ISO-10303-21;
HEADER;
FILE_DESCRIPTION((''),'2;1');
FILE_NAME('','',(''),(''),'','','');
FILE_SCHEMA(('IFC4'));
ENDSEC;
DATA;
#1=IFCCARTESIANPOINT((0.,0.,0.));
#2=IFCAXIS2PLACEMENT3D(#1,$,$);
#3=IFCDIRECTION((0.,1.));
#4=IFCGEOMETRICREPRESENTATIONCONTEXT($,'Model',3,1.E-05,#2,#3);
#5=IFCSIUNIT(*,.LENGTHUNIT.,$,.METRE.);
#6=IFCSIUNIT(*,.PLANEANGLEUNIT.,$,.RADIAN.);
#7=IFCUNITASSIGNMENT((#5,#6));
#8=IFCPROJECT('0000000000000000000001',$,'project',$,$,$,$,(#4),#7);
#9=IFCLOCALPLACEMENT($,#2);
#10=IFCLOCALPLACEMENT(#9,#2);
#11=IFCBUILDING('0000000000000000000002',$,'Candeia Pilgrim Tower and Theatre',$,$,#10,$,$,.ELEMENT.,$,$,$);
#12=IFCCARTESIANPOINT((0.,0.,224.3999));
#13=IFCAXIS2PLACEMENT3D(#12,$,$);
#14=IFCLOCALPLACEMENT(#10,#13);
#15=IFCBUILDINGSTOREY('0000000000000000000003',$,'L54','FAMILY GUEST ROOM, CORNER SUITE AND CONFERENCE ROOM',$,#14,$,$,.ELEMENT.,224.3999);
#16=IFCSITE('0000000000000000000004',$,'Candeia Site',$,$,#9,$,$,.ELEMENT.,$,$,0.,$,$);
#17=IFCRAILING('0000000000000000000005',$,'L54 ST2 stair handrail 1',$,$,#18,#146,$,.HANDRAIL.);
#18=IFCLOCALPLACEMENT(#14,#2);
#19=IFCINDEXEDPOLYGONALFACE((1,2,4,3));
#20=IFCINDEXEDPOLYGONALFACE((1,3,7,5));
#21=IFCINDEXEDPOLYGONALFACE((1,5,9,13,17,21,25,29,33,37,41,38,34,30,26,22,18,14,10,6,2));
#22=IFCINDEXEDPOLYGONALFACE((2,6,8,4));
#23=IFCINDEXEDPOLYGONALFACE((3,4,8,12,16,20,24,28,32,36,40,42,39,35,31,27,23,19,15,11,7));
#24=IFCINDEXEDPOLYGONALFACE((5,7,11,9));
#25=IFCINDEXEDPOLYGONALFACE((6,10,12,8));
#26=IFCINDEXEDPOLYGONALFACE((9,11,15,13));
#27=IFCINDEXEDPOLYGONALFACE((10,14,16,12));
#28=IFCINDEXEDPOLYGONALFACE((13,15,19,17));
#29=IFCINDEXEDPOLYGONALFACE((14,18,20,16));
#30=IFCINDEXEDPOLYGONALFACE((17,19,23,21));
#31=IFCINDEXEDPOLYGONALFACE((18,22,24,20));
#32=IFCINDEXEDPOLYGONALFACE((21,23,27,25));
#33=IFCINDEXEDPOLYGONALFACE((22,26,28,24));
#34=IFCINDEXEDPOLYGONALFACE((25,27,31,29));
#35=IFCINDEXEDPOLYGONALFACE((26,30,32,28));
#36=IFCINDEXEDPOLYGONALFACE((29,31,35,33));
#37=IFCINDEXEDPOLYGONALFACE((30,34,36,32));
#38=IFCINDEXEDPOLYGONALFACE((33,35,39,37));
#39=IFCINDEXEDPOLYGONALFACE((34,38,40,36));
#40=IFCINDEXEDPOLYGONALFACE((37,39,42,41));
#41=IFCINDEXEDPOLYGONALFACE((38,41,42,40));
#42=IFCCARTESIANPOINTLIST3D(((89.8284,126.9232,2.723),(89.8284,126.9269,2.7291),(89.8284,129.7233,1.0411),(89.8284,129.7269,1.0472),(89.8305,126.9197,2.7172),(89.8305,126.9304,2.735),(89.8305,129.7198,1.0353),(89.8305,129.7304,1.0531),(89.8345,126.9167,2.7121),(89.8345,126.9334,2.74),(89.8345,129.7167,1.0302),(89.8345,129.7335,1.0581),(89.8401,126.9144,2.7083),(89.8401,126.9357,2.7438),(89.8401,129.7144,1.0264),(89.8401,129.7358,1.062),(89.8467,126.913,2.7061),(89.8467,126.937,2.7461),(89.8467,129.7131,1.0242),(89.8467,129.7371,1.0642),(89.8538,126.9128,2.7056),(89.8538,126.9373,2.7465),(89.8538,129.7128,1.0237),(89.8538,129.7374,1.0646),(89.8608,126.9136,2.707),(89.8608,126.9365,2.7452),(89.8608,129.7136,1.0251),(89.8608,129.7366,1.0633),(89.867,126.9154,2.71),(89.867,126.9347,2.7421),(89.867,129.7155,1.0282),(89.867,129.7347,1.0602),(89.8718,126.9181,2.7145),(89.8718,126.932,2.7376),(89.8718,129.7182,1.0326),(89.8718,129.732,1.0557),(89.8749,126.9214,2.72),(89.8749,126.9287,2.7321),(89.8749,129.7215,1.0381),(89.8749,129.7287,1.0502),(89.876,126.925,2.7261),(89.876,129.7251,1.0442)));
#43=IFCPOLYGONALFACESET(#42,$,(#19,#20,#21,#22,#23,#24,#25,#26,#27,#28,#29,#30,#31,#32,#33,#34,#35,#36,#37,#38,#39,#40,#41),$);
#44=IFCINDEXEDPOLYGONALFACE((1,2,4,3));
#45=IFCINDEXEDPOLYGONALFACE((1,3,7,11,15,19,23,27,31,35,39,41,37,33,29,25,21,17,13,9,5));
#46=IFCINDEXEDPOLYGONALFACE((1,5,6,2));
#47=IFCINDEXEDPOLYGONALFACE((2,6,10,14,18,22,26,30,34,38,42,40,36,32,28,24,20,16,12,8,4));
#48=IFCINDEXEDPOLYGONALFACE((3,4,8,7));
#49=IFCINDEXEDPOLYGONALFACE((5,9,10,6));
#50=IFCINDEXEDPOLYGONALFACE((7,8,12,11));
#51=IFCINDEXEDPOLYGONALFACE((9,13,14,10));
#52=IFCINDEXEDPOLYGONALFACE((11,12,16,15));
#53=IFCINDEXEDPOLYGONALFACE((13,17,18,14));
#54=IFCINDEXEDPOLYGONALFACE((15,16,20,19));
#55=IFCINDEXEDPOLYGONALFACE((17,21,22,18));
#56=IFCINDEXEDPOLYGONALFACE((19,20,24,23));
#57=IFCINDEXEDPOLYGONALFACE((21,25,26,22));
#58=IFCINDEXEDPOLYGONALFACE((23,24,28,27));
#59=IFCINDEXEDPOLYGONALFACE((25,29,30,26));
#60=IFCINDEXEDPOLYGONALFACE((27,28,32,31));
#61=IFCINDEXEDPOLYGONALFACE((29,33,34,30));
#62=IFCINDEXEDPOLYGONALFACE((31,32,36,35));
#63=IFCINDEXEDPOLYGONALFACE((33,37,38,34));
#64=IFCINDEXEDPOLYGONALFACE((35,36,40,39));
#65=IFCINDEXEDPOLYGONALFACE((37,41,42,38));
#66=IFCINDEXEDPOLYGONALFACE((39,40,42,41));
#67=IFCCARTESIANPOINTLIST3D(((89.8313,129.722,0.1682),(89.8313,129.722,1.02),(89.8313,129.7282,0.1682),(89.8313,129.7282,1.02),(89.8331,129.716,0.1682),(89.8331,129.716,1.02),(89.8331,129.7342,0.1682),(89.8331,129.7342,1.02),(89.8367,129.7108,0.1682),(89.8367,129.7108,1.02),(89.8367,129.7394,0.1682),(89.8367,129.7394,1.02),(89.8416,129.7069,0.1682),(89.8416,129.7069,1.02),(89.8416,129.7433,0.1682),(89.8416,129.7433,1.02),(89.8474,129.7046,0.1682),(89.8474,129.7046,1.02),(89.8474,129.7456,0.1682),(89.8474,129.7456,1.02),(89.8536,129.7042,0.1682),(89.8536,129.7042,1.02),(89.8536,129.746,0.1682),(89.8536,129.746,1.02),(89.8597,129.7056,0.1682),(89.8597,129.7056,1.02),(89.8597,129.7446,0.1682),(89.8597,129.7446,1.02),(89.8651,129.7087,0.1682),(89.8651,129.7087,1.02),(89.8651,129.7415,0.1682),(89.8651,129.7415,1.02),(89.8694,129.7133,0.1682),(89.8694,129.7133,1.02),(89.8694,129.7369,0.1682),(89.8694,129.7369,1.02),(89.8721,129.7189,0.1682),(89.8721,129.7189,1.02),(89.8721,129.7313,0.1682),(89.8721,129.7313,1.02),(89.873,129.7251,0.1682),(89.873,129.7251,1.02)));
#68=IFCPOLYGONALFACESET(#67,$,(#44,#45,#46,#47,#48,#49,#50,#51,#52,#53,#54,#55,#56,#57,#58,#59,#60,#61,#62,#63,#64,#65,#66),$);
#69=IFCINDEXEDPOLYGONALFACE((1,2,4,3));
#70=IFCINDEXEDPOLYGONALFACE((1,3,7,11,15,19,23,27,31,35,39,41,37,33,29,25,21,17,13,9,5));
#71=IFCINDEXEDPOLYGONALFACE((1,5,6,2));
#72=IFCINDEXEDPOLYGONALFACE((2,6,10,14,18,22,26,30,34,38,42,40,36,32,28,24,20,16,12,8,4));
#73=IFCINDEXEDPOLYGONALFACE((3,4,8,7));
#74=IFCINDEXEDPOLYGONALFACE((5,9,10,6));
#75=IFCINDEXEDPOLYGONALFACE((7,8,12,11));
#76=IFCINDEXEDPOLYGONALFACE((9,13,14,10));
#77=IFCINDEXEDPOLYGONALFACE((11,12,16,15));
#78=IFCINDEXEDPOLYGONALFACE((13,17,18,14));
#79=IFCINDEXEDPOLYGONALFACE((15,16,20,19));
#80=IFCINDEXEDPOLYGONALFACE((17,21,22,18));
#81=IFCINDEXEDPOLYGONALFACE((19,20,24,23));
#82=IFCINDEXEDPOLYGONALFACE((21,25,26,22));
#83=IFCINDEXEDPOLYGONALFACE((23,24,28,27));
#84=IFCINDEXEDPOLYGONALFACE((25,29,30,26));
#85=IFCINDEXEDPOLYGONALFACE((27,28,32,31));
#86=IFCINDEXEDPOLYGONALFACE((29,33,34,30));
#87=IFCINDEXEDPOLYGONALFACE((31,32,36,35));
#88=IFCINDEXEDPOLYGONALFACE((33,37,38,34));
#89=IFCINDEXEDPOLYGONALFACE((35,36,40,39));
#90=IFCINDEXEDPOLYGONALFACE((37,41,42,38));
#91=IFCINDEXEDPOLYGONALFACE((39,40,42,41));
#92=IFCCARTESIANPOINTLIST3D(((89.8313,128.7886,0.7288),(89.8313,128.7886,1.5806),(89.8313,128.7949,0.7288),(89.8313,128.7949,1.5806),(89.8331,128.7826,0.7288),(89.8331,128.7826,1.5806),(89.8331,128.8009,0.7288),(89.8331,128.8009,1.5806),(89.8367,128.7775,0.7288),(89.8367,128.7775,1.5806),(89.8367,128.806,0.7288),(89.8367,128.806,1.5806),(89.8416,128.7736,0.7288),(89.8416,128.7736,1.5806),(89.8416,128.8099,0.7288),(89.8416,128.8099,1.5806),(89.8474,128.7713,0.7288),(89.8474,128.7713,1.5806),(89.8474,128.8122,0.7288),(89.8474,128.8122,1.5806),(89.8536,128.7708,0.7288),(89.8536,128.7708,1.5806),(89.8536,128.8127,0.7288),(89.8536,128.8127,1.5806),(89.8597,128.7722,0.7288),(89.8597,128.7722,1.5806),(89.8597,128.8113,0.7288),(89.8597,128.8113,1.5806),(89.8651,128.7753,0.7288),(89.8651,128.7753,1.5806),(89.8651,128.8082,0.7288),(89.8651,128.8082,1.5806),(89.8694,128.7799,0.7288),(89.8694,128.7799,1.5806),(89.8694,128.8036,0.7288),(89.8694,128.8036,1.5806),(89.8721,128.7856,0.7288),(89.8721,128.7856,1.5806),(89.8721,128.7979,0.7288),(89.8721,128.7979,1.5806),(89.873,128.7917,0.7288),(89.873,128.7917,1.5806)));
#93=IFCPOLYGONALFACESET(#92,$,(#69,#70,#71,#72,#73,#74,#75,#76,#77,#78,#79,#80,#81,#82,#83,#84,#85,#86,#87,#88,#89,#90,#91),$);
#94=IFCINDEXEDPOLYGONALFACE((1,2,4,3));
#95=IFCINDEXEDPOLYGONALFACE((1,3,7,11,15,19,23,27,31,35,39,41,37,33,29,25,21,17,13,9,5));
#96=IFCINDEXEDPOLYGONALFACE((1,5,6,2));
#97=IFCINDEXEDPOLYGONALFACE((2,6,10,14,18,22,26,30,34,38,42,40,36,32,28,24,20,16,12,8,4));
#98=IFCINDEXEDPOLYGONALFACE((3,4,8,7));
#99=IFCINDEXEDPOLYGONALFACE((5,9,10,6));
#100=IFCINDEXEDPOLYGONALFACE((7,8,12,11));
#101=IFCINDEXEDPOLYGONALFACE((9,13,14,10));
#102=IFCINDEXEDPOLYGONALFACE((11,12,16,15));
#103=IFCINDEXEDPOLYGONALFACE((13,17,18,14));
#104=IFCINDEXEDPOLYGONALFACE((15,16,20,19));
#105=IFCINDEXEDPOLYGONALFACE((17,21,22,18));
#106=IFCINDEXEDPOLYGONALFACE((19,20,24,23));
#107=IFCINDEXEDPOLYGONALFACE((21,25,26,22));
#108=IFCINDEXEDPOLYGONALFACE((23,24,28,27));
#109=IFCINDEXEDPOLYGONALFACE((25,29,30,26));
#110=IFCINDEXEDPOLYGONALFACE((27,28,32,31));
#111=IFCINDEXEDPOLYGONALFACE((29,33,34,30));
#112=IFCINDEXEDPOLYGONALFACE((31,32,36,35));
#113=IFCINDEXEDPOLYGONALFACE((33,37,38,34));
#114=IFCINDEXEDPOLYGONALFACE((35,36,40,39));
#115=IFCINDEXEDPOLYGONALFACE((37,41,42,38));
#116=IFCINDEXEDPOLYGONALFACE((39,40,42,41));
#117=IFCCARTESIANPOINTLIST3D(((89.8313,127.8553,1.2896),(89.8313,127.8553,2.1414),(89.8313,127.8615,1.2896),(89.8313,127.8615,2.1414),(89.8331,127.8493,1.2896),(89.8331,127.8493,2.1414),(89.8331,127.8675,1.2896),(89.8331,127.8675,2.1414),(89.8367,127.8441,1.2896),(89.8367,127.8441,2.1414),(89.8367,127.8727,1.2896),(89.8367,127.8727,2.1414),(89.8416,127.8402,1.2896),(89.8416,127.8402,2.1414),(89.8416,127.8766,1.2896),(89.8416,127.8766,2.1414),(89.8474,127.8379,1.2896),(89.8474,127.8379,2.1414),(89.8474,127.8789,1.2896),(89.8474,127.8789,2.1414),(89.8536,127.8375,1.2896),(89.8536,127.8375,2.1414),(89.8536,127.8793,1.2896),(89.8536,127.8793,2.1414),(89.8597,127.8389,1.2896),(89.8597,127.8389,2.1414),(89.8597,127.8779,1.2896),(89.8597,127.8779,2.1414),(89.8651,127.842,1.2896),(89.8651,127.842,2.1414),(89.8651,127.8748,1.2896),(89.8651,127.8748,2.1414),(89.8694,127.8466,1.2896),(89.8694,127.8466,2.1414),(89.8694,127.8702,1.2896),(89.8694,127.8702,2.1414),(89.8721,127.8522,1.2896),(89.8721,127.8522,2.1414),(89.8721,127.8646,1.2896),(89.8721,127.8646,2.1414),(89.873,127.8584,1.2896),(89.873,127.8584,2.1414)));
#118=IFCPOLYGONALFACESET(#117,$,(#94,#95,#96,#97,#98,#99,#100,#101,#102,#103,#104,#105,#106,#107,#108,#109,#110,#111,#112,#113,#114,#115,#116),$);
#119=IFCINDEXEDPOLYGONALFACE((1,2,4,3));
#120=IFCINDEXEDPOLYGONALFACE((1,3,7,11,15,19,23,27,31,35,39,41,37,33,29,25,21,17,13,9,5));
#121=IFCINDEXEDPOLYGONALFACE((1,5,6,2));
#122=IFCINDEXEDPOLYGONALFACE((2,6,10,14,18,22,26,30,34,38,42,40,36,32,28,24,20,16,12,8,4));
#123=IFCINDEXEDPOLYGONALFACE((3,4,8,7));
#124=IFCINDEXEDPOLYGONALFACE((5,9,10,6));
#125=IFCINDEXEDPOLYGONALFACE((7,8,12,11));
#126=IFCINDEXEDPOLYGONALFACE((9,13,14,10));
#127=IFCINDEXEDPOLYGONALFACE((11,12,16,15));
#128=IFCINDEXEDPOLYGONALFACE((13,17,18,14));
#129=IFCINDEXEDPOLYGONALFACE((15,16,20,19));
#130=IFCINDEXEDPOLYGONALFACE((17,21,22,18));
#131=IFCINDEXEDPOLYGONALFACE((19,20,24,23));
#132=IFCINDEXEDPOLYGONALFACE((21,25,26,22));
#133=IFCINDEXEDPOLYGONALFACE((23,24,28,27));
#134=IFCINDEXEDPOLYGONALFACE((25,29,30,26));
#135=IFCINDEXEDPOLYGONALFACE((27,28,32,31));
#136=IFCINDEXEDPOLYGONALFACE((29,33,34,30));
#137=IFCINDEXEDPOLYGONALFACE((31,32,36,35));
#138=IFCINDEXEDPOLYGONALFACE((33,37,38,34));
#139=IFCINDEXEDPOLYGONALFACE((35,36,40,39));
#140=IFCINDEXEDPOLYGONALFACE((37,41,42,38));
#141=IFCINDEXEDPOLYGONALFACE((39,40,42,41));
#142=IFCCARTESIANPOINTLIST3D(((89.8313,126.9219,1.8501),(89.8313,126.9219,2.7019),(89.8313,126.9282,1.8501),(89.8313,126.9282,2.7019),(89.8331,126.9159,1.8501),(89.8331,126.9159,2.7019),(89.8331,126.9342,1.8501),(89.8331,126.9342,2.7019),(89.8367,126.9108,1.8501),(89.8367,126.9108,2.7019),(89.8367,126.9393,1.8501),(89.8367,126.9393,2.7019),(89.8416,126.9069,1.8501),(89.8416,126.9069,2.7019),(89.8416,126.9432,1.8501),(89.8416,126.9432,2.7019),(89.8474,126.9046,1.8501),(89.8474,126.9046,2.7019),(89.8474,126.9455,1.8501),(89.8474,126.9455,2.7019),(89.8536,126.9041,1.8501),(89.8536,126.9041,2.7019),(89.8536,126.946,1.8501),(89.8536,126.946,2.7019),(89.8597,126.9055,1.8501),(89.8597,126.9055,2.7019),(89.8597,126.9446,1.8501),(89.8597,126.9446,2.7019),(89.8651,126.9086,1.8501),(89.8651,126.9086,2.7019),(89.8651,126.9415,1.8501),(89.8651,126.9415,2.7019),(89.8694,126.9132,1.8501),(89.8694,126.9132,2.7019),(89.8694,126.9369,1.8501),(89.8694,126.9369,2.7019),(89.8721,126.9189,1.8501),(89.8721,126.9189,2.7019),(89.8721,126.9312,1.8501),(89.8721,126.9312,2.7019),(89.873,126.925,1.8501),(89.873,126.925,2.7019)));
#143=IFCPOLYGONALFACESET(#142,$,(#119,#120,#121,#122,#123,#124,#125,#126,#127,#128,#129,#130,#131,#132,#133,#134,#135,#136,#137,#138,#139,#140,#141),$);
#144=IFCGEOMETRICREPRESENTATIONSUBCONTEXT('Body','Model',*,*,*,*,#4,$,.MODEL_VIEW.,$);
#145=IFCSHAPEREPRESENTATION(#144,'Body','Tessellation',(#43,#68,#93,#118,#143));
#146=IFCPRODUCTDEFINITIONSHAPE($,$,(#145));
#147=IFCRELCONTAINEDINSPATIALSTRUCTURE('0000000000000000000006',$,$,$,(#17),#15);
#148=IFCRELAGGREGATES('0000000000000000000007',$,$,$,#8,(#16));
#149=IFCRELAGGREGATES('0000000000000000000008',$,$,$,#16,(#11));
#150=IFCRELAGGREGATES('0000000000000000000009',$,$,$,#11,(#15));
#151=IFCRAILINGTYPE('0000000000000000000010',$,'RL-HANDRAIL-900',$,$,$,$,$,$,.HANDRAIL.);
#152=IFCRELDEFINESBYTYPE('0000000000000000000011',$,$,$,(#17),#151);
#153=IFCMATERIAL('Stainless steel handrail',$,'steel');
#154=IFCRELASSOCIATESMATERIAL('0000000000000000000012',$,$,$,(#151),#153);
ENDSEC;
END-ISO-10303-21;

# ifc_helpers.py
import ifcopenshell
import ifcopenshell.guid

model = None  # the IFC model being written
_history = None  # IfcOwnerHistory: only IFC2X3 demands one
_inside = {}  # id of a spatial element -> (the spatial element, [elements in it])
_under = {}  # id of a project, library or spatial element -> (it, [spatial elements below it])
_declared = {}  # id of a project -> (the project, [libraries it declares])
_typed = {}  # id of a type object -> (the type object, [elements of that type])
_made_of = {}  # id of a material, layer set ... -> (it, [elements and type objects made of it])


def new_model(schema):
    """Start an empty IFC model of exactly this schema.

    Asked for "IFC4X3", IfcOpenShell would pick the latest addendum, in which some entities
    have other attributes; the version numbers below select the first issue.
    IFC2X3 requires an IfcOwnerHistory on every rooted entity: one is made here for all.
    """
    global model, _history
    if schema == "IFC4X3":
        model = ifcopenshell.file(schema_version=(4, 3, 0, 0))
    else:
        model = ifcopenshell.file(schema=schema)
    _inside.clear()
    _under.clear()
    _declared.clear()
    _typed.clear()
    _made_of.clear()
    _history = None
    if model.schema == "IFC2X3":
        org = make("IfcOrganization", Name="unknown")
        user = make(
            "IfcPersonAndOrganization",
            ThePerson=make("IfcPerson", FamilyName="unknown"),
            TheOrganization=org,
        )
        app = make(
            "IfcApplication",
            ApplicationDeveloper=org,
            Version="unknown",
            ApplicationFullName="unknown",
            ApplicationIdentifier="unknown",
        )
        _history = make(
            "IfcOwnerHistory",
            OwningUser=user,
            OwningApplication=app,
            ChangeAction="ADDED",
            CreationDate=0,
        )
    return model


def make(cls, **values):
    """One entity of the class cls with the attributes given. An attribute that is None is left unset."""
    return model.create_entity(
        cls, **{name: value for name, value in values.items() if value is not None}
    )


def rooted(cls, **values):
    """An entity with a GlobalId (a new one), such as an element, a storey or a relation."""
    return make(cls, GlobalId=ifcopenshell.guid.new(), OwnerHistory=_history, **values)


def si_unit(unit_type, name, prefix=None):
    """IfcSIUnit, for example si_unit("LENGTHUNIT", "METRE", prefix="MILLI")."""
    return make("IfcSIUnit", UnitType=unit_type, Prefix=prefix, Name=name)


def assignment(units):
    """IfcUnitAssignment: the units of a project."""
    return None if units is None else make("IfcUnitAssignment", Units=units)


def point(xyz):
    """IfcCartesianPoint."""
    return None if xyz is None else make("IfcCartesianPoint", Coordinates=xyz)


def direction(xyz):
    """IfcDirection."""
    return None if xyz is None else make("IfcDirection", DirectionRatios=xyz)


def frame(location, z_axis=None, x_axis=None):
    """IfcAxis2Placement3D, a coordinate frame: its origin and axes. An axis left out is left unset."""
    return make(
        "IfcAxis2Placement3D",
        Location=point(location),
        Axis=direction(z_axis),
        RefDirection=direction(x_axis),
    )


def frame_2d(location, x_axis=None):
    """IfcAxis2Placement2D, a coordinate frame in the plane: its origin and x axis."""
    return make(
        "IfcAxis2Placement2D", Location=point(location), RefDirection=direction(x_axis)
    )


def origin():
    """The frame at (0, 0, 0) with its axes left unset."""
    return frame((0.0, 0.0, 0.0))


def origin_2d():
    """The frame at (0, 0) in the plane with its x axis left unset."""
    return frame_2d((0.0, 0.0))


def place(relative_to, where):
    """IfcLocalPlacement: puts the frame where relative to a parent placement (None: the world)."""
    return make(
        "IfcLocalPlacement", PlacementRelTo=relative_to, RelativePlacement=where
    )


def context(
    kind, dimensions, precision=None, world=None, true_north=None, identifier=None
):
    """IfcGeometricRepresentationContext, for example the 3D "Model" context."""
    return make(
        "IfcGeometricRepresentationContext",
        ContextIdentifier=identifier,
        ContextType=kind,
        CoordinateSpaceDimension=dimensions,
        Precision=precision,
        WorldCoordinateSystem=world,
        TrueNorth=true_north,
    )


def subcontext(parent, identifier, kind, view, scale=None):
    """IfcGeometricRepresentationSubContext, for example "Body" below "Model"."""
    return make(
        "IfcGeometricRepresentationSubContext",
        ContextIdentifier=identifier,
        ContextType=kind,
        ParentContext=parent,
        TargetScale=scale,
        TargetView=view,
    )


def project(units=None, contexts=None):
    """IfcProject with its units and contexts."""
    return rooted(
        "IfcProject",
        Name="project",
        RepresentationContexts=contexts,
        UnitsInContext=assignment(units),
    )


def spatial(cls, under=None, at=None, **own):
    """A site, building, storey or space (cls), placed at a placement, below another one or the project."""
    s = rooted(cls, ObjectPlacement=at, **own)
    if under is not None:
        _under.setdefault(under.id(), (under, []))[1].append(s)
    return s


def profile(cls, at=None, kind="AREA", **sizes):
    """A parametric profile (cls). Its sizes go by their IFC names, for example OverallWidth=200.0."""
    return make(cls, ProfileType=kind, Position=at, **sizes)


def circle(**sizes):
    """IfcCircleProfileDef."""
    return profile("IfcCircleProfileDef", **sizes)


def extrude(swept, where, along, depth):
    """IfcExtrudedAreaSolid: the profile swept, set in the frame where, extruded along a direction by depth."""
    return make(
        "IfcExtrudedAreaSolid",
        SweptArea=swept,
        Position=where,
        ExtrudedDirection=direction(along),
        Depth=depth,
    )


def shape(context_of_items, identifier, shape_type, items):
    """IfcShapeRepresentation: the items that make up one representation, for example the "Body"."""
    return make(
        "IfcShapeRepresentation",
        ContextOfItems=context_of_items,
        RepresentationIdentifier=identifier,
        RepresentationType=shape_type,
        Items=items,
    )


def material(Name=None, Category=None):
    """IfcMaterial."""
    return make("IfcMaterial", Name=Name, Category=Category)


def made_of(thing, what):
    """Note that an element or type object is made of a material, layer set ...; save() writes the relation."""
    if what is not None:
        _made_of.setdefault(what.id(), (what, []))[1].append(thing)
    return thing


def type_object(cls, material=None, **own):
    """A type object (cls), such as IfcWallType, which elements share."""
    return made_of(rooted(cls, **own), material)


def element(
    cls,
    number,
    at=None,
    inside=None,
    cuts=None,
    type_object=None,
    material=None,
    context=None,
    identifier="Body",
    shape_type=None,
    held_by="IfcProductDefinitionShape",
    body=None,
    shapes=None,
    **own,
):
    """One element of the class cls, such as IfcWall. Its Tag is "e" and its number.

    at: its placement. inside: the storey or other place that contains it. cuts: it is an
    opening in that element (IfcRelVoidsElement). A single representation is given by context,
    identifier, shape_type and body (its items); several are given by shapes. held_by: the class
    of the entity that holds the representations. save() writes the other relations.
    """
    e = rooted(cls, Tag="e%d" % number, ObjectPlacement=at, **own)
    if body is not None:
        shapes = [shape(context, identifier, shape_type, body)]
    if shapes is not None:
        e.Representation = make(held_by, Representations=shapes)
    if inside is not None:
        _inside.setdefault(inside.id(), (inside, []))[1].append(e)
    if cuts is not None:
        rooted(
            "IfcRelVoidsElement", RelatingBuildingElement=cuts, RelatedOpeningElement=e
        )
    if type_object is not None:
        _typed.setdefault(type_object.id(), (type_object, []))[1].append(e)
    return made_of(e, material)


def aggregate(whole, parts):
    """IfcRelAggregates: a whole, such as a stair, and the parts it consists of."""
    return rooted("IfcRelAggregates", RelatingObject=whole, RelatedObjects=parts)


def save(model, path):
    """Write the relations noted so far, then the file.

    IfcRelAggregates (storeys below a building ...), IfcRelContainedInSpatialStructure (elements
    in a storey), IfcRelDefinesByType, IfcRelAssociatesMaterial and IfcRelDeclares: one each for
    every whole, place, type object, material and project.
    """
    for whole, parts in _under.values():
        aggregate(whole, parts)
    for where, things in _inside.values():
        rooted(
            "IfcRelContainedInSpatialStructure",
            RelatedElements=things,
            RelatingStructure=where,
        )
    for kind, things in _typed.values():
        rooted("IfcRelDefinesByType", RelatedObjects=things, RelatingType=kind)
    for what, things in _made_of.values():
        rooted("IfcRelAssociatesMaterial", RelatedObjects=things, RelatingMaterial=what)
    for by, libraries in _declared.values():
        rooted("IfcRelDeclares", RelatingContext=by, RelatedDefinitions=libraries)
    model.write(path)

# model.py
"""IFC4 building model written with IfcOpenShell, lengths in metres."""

from ifc_helpers import new_model, si_unit, direction, frame, origin, origin_2d, place, context, subcontext, project, spatial, circle, extrude, material, type_object, element, save


model = new_model("IFC4")

# Units and contexts
model_context = context("Model", 3, precision=1e-05, world=origin(), true_north=direction((0.0, 1.0)))
body_context = subcontext(model_context, "Body", "Model", "MODEL_VIEW")
ifc_project = project(units=[si_unit("LENGTHUNIT", "METRE"), si_unit("PLANEANGLEUNIT", "RADIAN")], contexts=[model_context])

# Site, building, storey
site_placement = place(None, origin())
site = spatial("IfcSite", under=ifc_project, at=site_placement, Name="Candeia Site", CompositionType="ELEMENT", RefElevation=0.0)
building_placement = place(site_placement, origin())
building = spatial("IfcBuilding", under=site, at=building_placement, Name="Candeia Pilgrim Tower and Theatre", CompositionType="ELEMENT")
storey_placement = place(building_placement, frame((0.0, 0.0, 224.3999)))
storey = spatial("IfcBuildingStorey", under=building, at=storey_placement, Name="L54", Description="FAMILY GUEST ROOM, CORNER SUITE AND CONFERENCE ROOM", CompositionType="ELEMENT", Elevation=224.3999)

# Railing
ifc_material_1 = material(Name="Stainless steel handrail", Category="steel")
railing_type_1 = type_object("IfcRailingType", Name="RL-HANDRAIL-900", PredefinedType="HANDRAIL", material=ifc_material_1)
for number, where, name in (
    (1, (89.8521, 129.7251, 0.1682), "L54 ST2 stair handrail 1"),
):
    element("IfcRailing", number, at=place(storey_placement, frame(where)), inside=storey, type_object=railing_type_1, Name=name, PredefinedType="HANDRAIL", context=body_context, shape_type="SweptSolid", body=[
        extrude(circle(Radius=0.0239, at=origin_2d()), frame((0.0, 0.0, 0.876), z_axis=(0.0, -0.857242, 0.514913), x_axis=(1.0, 0.0, 0.0)), (0.0, 0.0, 1.0), 3.2664),
        extrude(circle(Radius=0.021, at=origin_2d()), origin(), (0.0, 0.0, 1.0), 0.8518),
        extrude(circle(Radius=0.021, at=origin_2d()), frame((0.0, -0.9333, 0.5605)), (0.0, 0.0, 1.0), 0.8518),
        extrude(circle(Radius=0.021, at=origin_2d()), frame((0.0, -1.8667, 1.1213)), (0.0, 0.0, 1.0), 0.8518),
        extrude(circle(Radius=0.021, at=origin_2d()), frame((0.0, -2.8, 1.6819)), (0.0, 0.0, 1.0), 0.8518),
    ])

save(model, "model.ifc")
